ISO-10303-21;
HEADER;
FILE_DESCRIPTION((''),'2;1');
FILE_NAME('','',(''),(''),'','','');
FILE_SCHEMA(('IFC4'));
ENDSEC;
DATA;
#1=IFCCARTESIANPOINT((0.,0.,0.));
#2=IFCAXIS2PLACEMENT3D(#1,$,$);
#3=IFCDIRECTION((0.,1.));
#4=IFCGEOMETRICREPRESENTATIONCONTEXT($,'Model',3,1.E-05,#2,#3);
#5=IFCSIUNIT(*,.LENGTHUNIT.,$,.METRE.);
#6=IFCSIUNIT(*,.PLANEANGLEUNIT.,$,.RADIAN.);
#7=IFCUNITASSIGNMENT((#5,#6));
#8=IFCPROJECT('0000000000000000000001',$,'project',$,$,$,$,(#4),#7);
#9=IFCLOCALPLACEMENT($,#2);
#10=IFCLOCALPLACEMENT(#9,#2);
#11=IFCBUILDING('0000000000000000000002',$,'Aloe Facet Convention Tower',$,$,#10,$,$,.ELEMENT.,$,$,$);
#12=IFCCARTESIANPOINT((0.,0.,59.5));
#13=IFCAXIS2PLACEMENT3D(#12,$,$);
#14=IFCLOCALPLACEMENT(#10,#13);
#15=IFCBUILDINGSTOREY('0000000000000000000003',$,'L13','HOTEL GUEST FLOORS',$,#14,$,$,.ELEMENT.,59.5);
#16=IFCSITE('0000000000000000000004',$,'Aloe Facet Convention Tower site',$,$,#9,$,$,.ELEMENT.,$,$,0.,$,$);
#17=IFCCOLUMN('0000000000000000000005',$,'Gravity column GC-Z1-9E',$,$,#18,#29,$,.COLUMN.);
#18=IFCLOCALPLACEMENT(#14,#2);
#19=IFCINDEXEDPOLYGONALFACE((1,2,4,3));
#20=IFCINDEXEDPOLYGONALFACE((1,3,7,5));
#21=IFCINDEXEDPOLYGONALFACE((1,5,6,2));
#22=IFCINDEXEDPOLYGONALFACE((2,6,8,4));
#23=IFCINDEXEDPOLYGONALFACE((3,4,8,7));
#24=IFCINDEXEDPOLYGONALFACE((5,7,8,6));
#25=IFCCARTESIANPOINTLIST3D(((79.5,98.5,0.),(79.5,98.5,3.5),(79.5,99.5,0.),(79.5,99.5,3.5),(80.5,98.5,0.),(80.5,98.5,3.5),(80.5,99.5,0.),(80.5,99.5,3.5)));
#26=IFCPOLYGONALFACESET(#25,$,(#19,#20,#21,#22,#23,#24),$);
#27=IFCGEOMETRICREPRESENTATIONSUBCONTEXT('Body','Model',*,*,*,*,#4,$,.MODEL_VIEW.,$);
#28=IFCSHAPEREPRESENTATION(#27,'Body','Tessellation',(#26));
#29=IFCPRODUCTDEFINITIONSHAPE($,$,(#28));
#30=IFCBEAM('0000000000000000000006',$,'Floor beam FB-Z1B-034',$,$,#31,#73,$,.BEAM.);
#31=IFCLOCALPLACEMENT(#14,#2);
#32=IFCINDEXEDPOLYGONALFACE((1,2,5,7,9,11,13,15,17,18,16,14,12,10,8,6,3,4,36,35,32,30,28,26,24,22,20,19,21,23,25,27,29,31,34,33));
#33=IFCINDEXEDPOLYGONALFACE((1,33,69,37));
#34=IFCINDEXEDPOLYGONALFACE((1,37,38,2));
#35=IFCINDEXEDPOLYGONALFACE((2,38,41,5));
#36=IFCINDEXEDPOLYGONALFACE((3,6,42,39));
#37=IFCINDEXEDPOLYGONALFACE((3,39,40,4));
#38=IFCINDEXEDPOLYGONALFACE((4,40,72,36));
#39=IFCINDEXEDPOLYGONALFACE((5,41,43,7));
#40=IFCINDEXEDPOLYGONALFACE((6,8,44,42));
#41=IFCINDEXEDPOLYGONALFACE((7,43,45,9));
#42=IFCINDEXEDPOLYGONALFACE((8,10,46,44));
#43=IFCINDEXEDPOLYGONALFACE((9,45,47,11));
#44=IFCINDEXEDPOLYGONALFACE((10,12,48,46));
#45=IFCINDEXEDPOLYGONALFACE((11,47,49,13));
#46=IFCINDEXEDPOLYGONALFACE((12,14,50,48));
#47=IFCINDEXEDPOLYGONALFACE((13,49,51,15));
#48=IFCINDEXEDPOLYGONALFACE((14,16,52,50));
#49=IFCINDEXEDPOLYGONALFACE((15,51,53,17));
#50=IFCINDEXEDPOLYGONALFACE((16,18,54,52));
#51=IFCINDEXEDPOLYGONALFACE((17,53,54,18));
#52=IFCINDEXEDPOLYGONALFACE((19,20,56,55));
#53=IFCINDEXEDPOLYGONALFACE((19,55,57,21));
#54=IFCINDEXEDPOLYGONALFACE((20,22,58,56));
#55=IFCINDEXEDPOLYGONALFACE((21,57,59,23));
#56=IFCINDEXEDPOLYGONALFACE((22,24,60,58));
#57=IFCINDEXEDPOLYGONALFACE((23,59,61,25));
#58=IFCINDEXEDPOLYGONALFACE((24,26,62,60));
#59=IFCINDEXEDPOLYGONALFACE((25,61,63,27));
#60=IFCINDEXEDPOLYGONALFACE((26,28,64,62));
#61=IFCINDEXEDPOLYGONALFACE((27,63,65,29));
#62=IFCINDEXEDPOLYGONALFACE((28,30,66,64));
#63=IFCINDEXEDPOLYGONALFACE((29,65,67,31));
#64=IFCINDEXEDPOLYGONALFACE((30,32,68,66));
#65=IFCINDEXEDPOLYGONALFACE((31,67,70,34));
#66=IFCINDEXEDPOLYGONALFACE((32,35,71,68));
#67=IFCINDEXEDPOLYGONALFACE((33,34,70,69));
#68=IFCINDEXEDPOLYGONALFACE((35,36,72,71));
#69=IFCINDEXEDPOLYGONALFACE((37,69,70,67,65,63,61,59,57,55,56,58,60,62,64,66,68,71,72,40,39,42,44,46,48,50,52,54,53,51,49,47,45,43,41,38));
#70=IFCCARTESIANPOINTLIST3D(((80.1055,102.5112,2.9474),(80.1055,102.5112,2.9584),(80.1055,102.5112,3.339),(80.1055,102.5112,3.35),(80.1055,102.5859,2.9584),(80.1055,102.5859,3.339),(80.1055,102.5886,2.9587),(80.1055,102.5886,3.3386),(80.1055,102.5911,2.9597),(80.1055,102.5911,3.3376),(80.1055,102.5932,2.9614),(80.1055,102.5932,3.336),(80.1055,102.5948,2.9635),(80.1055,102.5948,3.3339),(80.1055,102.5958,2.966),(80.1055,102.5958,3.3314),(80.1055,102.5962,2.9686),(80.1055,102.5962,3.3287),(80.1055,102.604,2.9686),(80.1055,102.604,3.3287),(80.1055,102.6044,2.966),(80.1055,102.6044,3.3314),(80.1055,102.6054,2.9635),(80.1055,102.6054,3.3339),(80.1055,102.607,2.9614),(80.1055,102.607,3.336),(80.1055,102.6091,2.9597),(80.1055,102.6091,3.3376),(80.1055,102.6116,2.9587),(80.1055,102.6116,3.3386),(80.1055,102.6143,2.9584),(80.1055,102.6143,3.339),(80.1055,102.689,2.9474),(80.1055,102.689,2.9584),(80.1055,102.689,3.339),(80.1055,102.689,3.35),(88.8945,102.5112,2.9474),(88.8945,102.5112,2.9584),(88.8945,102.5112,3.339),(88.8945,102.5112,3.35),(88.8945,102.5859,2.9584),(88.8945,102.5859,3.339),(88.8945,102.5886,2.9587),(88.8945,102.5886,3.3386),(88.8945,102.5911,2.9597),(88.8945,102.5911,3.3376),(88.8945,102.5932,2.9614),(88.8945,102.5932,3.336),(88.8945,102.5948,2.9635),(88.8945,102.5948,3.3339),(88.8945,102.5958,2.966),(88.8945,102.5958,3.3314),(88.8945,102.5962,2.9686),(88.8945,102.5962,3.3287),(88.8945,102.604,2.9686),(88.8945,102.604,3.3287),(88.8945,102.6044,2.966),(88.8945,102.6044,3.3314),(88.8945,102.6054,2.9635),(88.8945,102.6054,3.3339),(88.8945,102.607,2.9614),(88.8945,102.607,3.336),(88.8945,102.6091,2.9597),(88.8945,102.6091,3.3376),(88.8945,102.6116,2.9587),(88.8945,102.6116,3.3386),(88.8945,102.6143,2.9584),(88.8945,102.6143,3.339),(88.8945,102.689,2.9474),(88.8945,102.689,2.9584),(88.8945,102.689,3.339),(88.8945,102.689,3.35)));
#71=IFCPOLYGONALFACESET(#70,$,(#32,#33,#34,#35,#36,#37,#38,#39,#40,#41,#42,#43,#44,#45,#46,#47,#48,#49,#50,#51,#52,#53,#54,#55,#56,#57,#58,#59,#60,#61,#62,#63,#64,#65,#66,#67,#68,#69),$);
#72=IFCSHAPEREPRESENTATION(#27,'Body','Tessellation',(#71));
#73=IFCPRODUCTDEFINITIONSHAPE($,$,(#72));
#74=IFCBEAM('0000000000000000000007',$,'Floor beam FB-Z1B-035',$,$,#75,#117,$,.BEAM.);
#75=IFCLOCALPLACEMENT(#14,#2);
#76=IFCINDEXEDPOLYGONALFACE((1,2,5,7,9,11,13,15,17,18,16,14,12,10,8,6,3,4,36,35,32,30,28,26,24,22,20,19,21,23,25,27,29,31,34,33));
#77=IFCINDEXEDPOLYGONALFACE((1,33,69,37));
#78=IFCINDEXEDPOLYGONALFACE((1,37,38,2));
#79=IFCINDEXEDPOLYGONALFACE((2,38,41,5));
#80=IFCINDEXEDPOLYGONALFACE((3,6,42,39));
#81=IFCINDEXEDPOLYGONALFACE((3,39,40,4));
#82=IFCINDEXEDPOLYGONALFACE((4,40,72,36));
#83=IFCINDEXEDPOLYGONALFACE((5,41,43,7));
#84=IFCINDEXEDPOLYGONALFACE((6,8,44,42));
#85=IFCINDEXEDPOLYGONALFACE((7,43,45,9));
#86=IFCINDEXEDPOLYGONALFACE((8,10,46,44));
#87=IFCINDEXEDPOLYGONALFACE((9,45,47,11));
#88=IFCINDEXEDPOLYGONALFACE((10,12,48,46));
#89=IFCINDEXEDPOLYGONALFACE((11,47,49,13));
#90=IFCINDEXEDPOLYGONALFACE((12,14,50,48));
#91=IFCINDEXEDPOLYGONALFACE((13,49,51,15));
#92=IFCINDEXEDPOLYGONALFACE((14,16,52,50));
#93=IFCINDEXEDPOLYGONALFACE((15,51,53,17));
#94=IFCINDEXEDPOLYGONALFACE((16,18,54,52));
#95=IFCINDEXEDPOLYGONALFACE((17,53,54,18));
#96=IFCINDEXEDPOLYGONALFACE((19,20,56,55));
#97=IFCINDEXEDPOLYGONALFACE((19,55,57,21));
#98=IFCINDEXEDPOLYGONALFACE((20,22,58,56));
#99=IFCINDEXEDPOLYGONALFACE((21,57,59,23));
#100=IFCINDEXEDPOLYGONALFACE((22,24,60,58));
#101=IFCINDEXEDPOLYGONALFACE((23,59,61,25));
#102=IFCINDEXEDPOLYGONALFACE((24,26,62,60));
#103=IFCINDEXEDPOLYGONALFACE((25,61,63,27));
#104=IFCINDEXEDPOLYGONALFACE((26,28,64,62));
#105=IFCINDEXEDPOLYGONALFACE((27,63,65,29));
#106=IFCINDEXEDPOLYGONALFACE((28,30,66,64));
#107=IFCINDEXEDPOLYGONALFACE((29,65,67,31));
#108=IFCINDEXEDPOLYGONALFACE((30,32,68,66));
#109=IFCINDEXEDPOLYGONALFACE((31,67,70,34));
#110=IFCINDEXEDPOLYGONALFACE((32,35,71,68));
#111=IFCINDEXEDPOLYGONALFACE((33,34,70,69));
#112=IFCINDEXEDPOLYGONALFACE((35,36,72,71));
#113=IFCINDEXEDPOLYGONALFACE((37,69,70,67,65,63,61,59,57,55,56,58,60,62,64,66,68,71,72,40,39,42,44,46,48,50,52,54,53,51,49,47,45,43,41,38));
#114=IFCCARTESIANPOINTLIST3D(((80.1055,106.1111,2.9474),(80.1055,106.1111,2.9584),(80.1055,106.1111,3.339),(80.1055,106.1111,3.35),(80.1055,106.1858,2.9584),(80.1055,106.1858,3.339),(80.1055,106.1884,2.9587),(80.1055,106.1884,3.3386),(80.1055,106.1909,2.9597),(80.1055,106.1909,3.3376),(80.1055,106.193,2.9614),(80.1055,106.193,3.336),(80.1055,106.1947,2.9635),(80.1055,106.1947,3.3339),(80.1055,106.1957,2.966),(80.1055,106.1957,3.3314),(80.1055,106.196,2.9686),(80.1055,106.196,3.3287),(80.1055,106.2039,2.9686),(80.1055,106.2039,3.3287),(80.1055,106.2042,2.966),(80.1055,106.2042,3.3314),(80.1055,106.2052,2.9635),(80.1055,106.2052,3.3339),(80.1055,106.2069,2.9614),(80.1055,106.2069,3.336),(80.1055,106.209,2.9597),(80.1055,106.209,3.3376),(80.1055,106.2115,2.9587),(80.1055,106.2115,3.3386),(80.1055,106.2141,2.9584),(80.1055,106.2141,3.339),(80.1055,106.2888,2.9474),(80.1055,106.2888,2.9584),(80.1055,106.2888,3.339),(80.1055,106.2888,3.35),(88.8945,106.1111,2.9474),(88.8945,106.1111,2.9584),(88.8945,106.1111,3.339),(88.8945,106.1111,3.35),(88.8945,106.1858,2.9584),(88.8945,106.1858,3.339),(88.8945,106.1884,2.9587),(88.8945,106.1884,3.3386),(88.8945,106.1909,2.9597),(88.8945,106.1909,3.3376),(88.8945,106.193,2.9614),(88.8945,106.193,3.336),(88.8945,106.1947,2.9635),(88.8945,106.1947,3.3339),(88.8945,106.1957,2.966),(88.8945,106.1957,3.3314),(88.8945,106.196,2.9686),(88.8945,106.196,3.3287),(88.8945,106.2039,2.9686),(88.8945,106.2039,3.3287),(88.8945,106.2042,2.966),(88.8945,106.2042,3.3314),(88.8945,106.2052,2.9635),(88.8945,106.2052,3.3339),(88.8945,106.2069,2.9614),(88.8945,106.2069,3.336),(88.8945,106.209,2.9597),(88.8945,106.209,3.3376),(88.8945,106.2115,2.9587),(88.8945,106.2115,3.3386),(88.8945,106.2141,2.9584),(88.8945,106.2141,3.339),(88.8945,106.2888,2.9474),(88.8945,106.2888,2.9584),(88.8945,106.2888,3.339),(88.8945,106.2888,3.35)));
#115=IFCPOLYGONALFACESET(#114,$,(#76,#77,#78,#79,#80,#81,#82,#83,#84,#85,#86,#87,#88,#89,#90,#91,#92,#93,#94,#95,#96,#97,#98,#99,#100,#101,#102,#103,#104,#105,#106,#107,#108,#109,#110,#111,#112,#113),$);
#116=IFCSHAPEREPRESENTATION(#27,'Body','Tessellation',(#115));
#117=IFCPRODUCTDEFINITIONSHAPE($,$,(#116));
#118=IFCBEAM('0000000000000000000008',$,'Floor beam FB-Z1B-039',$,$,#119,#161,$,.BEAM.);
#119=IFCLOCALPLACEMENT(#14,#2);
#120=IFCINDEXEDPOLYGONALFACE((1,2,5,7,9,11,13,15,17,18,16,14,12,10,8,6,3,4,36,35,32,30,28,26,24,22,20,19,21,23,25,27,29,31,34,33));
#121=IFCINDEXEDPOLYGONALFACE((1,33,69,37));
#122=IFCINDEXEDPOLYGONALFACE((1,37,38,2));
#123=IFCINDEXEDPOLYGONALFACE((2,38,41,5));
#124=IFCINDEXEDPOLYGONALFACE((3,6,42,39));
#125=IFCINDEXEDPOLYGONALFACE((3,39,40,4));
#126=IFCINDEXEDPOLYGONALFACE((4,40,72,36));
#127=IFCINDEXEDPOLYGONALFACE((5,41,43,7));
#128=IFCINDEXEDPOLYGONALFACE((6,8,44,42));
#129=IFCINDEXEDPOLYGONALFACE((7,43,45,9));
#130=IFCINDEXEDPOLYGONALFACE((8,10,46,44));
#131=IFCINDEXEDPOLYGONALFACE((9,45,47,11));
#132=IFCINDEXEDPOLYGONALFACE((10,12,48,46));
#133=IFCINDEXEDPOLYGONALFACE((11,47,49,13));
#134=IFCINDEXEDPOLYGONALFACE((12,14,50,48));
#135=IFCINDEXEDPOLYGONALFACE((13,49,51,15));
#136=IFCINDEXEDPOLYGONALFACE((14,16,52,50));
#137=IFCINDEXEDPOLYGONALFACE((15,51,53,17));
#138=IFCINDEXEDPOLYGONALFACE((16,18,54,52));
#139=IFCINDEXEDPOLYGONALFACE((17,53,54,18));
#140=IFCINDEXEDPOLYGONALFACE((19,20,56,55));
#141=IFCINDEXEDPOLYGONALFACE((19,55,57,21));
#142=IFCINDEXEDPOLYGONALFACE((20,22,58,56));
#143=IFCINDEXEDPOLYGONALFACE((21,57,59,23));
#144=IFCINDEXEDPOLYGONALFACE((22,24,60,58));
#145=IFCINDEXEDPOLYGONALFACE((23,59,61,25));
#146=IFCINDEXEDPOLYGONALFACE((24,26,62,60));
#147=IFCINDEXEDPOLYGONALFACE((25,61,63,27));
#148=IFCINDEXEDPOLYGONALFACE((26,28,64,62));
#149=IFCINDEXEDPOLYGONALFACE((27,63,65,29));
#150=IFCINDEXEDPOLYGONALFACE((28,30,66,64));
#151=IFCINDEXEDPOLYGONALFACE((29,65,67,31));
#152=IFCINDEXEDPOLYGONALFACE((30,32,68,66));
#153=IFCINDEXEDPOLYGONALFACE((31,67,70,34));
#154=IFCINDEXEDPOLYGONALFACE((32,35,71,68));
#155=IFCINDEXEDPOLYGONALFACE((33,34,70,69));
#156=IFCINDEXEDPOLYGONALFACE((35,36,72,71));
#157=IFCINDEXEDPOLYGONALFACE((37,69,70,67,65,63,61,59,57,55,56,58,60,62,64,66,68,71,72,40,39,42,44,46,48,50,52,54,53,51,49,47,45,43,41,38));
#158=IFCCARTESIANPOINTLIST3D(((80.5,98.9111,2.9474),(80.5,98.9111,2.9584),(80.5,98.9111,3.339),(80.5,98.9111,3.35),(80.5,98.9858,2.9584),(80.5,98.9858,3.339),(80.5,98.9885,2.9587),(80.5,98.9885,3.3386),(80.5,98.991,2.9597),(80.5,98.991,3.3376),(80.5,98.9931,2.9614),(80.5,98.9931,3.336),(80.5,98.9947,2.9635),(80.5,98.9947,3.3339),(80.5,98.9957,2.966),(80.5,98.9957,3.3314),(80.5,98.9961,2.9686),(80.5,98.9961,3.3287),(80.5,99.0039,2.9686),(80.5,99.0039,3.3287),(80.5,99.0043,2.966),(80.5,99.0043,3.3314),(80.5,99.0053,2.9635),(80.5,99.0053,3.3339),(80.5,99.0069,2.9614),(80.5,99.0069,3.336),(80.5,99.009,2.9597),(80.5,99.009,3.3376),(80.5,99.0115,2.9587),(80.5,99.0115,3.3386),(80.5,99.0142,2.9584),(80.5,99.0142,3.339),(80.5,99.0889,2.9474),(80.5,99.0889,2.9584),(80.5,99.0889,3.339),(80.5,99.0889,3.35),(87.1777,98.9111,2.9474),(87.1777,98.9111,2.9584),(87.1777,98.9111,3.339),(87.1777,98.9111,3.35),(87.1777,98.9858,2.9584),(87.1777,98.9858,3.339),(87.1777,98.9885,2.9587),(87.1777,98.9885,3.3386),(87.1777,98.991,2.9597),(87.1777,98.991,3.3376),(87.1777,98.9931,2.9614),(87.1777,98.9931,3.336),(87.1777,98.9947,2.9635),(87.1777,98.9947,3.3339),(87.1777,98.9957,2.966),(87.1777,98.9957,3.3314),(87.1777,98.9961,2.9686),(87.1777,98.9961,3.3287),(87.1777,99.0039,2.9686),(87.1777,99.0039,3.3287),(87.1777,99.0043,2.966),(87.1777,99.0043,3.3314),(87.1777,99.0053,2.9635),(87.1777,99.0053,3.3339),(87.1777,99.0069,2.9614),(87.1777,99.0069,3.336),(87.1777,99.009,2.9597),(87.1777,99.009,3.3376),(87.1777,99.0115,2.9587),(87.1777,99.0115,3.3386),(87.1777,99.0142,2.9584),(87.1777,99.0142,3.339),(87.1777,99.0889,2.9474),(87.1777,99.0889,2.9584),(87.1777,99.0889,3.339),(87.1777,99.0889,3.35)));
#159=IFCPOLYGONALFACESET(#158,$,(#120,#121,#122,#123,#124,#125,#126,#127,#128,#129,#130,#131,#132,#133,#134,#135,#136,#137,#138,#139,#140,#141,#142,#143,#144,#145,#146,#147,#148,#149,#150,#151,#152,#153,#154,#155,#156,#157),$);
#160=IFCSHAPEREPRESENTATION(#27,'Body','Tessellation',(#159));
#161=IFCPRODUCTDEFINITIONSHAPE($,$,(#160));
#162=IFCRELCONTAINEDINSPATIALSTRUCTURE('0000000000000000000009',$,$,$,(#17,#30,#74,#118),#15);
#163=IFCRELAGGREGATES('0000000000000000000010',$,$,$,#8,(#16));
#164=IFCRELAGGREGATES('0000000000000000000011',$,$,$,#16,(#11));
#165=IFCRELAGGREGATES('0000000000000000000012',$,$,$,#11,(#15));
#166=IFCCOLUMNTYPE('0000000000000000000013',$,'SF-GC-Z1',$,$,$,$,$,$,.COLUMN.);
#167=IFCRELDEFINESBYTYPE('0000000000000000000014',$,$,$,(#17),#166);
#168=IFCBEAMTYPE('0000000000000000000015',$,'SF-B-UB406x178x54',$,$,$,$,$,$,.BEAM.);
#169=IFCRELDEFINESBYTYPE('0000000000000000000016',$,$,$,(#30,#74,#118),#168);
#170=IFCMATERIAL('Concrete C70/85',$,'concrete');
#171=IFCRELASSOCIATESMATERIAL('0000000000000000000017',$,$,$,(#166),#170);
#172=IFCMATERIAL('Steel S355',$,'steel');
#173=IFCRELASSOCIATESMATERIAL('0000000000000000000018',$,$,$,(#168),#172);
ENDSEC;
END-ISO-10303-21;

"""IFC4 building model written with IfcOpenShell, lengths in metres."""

from ifc_helpers import new_model, si_unit, direction, frame, origin, origin_2d, place, context, subcontext, project, spatial, rectangle, i_section, extrude, material, material_profile, profile_set, type_object, element, save


model = new_model("IFC4")

# Units and contexts
model_context = context("Model", 3, precision=1e-05, world=origin(), true_north=direction((0.0, 1.0)))
body_context = subcontext(model_context, "Body", "Model", "MODEL_VIEW")
ifc_project = project(units=[si_unit("LENGTHUNIT", "METRE"), si_unit("PLANEANGLEUNIT", "RADIAN")], contexts=[model_context])

# Site, building, storey
site_placement = place(None, origin())
site = spatial("IfcSite", under=ifc_project, at=site_placement, Name="Aloe Facet Convention Tower site", CompositionType="ELEMENT", RefElevation=0.0)
building_placement = place(site_placement, origin())
building = spatial("IfcBuilding", under=site, at=building_placement, Name="Aloe Facet Convention Tower", CompositionType="ELEMENT")
storey_placement = place(building_placement, frame((0.0, 0.0, 59.5)))
storey = spatial("IfcBuildingStorey", under=building, at=storey_placement, Name="L13", Description="HOTEL GUEST FLOORS", CompositionType="ELEMENT", Elevation=59.5)

# Column
ifc_material_1 = material(Name="Concrete C70/85", Category="concrete")
ifc_material_profile_1 = material_profile(ifc_material_1, rectangle(XDim=1.0, YDim=1.0, at=origin_2d()), Name="SF-GC-Z1")
ifc_profile_set_1 = profile_set([ifc_material_profile_1], Name="Concrete C70/85")
column_type = type_object("IfcColumnType", Name="SF-GC-Z1", PredefinedType="COLUMN", material=ifc_profile_set_1)
column_placement = place(storey_placement, frame((80.0, 99.0, 0.0), z_axis=(0.0, 0.0, 1.0), x_axis=(1.0, 0.0, 0.0)))
element("IfcColumn", 1, at=column_placement, inside=storey, type_object=column_type, Name="Gravity column GC-Z1-9E", PredefinedType="COLUMN", context=body_context, shape_type="SweptSolid", body=[
    extrude(rectangle(XDim=1.0, YDim=1.0, at=origin_2d()), origin(), (0.0, 0.0, 1.0), 3.5),
])

# Beams
ifc_material_2 = material(Name="Steel S355", Category="steel")
ifc_material_profile_2 = material_profile(ifc_material_2, i_section(OverallWidth=0.1777, OverallDepth=0.4026, WebThickness=0.0078, FlangeThickness=0.011, FilletRadius=0.0103, at=origin_2d()), Name="UB 406x178x54")
ifc_profile_set_2 = profile_set([ifc_material_profile_2], Name="Steel S355")
beam_type_1 = type_object("IfcBeamType", Name="SF-B-UB406x178x54", PredefinedType="BEAM", material=ifc_profile_set_2)
for number, where, z_axis, x_axis, name in (
    (2, (80.1055, 102.6001, 3.1487), (1.0, 0.0, 0.0), (0.0, 1.0, 0.0), "Floor beam FB-Z1B-034"),
    (3, (80.1055, 106.2, 3.1487), (1.0, 0.0, 0.0), (0.0, 1.0, 0.0), "Floor beam FB-Z1B-035"),
):
    element("IfcBeam", number, at=place(storey_placement, frame(where, z_axis=z_axis, x_axis=x_axis)), inside=storey, type_object=beam_type_1, Name=name, PredefinedType="BEAM", context=body_context, shape_type="SweptSolid", body=[
        extrude(i_section(OverallWidth=0.1777, OverallDepth=0.4026, WebThickness=0.0078, FlangeThickness=0.011, FilletRadius=0.0103, at=origin_2d()), origin(), (0.0, 0.0, 1.0), 8.7891),
    ])
beam_1_placement = place(storey_placement, frame((80.5, 99.0, 3.1487), z_axis=(1.0, 0.0, 0.0), x_axis=(0.0, 1.0, 0.0)))
element("IfcBeam", 4, at=beam_1_placement, inside=storey, type_object=beam_type_1, Name="Floor beam FB-Z1B-039", PredefinedType="BEAM", context=body_context, shape_type="SweptSolid", body=[
    extrude(i_section(OverallWidth=0.1777, OverallDepth=0.4026, WebThickness=0.0078, FlangeThickness=0.011, FilletRadius=0.0103, at=origin_2d()), origin(), (0.0, 0.0, 1.0), 6.6777),
])

save(model, "model.ifc")
